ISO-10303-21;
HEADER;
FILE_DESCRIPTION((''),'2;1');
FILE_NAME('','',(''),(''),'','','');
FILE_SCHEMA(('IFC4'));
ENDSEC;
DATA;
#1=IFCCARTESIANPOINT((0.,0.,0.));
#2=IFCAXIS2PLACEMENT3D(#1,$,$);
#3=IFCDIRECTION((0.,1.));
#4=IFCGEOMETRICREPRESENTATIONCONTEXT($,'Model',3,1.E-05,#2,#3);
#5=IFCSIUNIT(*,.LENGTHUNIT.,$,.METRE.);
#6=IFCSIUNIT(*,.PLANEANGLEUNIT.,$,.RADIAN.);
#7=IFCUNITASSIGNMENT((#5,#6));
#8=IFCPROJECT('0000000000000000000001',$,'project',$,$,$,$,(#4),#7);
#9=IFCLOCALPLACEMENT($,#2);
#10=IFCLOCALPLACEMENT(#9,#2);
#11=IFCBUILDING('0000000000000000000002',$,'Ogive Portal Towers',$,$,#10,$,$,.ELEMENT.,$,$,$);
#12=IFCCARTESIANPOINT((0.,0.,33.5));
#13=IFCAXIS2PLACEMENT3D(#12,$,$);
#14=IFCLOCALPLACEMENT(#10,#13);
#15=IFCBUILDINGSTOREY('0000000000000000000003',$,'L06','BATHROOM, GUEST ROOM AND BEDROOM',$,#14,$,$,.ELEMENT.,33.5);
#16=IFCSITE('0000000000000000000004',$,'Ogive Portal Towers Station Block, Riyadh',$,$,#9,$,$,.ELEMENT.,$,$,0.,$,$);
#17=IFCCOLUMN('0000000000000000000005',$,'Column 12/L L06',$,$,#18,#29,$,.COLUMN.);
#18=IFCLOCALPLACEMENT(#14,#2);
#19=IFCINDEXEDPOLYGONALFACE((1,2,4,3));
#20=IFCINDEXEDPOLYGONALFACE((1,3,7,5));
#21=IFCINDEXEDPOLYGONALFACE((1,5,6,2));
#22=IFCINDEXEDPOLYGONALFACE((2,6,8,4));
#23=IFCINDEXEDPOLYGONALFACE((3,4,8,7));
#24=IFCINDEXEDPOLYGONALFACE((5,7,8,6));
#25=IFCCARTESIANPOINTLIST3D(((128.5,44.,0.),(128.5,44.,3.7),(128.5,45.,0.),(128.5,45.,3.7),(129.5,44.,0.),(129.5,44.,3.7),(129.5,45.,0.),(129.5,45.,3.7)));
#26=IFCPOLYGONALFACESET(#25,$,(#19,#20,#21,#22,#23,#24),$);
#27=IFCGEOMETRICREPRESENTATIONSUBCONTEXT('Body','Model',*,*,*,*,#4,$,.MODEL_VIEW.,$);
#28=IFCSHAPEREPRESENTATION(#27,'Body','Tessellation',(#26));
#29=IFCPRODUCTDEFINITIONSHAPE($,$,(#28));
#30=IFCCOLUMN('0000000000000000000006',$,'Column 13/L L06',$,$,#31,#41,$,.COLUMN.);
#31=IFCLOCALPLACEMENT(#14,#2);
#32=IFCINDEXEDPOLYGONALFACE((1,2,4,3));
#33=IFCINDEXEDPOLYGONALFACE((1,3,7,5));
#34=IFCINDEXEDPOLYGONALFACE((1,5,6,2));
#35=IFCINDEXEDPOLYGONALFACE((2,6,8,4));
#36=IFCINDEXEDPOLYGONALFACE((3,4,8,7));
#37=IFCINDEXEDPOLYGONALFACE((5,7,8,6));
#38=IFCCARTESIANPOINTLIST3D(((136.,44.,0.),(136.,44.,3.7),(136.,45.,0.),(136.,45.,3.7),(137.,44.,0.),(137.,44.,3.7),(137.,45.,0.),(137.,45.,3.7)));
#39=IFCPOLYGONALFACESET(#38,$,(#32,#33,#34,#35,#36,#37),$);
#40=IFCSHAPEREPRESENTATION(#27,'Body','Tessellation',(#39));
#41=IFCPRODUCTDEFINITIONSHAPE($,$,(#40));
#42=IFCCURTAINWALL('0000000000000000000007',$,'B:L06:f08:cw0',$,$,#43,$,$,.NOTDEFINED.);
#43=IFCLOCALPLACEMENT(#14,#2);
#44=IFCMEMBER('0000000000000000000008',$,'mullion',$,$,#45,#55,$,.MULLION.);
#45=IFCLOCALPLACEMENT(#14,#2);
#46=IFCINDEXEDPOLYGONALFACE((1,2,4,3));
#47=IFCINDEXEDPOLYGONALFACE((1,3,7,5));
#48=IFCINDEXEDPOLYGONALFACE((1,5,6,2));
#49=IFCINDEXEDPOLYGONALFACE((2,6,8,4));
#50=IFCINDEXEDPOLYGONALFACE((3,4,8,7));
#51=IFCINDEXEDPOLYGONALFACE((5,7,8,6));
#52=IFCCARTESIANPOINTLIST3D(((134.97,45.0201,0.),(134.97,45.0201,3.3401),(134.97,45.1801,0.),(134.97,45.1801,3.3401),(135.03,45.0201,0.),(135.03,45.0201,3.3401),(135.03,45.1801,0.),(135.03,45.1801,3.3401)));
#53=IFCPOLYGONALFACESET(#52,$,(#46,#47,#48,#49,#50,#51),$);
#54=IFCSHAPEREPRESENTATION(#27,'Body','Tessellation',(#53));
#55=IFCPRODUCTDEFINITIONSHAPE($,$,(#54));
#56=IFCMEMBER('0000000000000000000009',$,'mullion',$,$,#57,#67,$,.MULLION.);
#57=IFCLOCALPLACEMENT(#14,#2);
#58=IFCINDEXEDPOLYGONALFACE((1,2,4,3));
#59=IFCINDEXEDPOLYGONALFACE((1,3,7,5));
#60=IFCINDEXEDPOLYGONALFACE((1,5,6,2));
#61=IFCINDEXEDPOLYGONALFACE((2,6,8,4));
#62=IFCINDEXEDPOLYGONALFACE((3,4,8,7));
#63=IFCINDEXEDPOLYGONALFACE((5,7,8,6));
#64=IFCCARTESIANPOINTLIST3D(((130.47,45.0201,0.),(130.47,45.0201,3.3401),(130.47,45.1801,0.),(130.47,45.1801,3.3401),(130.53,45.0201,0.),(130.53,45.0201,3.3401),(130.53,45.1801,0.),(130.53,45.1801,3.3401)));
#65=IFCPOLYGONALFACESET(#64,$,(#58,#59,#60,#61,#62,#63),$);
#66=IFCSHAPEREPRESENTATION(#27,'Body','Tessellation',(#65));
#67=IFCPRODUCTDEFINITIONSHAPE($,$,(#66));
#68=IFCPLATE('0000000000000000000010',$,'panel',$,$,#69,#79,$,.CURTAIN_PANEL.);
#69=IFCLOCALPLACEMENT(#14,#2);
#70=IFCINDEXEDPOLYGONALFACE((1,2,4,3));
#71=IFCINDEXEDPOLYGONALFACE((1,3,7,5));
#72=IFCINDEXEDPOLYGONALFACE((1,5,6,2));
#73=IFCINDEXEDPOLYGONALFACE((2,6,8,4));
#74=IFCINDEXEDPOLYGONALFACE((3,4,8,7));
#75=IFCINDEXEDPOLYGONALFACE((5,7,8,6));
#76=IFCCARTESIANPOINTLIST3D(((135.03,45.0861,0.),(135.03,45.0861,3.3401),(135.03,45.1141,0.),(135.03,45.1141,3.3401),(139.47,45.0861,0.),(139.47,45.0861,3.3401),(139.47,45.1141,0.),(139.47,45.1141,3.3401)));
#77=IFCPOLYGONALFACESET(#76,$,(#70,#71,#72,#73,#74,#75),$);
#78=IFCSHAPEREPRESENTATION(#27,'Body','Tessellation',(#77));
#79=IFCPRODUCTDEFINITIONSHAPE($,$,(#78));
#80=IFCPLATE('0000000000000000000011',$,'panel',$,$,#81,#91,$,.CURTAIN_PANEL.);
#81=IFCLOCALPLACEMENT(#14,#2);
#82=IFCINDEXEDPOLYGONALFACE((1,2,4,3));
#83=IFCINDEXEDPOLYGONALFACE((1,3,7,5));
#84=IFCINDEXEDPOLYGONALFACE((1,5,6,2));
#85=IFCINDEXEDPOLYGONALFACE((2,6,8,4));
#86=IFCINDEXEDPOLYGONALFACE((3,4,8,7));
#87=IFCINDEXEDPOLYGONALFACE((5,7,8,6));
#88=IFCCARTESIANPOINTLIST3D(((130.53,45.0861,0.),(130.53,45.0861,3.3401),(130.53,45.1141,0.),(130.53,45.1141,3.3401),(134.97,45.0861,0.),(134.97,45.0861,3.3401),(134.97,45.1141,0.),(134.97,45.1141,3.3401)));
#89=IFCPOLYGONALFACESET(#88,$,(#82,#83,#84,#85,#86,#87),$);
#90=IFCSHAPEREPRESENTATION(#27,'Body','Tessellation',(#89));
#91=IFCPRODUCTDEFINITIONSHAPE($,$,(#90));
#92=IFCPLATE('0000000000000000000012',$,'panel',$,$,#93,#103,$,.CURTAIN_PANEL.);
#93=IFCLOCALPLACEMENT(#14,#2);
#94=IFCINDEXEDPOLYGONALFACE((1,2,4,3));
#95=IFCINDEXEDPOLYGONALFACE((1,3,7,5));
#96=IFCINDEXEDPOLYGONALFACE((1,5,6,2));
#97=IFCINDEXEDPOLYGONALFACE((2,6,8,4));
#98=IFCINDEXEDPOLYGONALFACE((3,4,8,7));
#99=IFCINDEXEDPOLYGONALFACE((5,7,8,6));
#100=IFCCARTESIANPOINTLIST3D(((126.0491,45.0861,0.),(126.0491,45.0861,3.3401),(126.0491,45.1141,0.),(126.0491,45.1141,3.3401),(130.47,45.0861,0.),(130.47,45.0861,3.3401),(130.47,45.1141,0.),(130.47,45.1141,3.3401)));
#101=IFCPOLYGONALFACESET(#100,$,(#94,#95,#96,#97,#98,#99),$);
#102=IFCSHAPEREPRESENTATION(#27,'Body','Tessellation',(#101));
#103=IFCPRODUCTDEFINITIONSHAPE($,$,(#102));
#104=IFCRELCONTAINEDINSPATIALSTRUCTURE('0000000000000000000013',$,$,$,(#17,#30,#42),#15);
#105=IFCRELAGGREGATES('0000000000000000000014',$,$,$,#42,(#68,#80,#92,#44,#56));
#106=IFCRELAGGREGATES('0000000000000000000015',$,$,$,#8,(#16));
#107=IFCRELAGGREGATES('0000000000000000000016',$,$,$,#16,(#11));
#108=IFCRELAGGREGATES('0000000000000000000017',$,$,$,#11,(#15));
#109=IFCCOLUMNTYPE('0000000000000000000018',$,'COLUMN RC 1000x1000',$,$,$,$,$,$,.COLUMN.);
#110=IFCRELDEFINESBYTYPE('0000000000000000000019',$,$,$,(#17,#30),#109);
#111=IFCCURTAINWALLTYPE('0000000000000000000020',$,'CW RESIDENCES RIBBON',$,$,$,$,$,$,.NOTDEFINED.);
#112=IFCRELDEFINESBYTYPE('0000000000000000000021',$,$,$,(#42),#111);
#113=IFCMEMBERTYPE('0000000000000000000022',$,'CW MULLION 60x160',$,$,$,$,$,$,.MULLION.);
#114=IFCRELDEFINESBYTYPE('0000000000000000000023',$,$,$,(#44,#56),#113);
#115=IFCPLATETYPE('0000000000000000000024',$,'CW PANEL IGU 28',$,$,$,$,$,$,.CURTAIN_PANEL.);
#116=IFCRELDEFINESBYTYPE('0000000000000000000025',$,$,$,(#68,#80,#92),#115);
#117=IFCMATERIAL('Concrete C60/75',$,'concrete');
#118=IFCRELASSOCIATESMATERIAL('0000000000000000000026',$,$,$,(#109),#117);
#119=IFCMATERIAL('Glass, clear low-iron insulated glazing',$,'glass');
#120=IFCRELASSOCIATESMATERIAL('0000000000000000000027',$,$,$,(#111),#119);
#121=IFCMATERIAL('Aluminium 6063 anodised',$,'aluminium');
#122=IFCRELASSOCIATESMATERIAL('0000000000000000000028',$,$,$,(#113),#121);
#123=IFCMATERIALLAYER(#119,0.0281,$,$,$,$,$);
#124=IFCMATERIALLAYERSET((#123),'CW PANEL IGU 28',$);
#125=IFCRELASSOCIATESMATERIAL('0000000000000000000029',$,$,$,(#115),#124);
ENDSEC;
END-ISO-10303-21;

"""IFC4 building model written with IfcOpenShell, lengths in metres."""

from ifc_helpers import new_model, si_unit, direction, frame, origin, origin_2d, place, context, subcontext, project, spatial, rectangle, extrude, material, layer, layer_set, material_profile, profile_set, type_object, element, aggregate, save


model = new_model("IFC4")

# Units and contexts
model_context = context("Model", 3, precision=1e-05, world=origin(), true_north=direction((0.0, 1.0)))
body_context = subcontext(model_context, "Body", "Model", "MODEL_VIEW")
ifc_project = project(units=[si_unit("LENGTHUNIT", "METRE"), si_unit("PLANEANGLEUNIT", "RADIAN")], contexts=[model_context])

# Site, building, storey
site_placement = place(None, origin())
site = spatial("IfcSite", under=ifc_project, at=site_placement, Name="Ogive Portal Towers Station Block, Riyadh", CompositionType="ELEMENT", RefElevation=0.0)
building_placement = place(site_placement, origin())
building = spatial("IfcBuilding", under=site, at=building_placement, Name="Ogive Portal Towers", CompositionType="ELEMENT")
storey_placement = place(building_placement, frame((0.0, 0.0, 33.5)))
storey = spatial("IfcBuildingStorey", under=building, at=storey_placement, Name="L06", Description="BATHROOM, GUEST ROOM AND BEDROOM", CompositionType="ELEMENT", Elevation=33.5)

# Columns
ifc_material_1 = material(Name="Concrete C60/75", Category="concrete")
ifc_material_profile_1 = material_profile(ifc_material_1, rectangle(XDim=1.0, YDim=1.0, at=origin_2d()), Name="RC 1000x1000")
ifc_profile_set_1 = profile_set([ifc_material_profile_1], Name="Concrete C60/75")
column_type = type_object("IfcColumnType", Name="COLUMN RC 1000x1000", PredefinedType="COLUMN", material=ifc_profile_set_1)
for number, where, z_axis, x_axis, name in (
    (1, (129.0, 44.5, 0.0), (0.0, 0.0, 1.0), (1.0, 0.0, 0.0), "Column 12/L L06"),
    (2, (136.5, 44.5, 0.0), (0.0, 0.0, 1.0), (1.0, 0.0, 0.0), "Column 13/L L06"),
):
    element("IfcColumn", number, at=place(storey_placement, frame(where, z_axis=z_axis, x_axis=x_axis)), inside=storey, type_object=column_type, Name=name, PredefinedType="COLUMN", context=body_context, shape_type="SweptSolid", body=[
        extrude(rectangle(XDim=1.0, YDim=1.0, at=origin_2d()), origin(), (0.0, 0.0, 1.0), 3.7),
    ])

# Curtain wall, members, plates
ifc_material_2 = material(Name="Glass, clear low-iron insulated glazing", Category="glass")
curtain_wall_type = type_object("IfcCurtainWallType", Name="CW RESIDENCES RIBBON", PredefinedType="NOTDEFINED", material=ifc_material_2)
curtain_wall_placement = place(storey_placement, origin())
curtain_wall = element("IfcCurtainWall", 3, at=curtain_wall_placement, inside=storey, type_object=curtain_wall_type, Name="B:L06:f08:cw0", PredefinedType="NOTDEFINED")
ifc_material_3 = material(Name="Aluminium 6063 anodised", Category="aluminium")
ifc_material_profile_2 = material_profile(ifc_material_3, rectangle(XDim=0.1599, YDim=0.0601, at=origin_2d()), Name="AL 60x160")
ifc_profile_set_2 = profile_set([ifc_material_profile_2], Name="Aluminium 6063 anodised")
member_type = type_object("IfcMemberType", Name="CW MULLION 60x160", PredefinedType="MULLION", material=ifc_profile_set_2)
member_1_placement = place(storey_placement, frame((135.0, 45.1001, 0.0), z_axis=(0.0, 0.0, 1.0), x_axis=(0.0, -1.0, 0.0)))
member_1 = element("IfcMember", 4, at=member_1_placement, type_object=member_type, Name="mullion", PredefinedType="MULLION", context=body_context, shape_type="SweptSolid", body=[
    extrude(rectangle(XDim=0.1599, YDim=0.0601, at=origin_2d()), origin(), (0.0, 0.0, 1.0), 3.3401),
])
member_2_placement = place(storey_placement, frame((130.5, 45.1001, 0.0), z_axis=(0.0, 0.0, 1.0), x_axis=(0.0, -1.0, 0.0)))
member_2 = element("IfcMember", 5, at=member_2_placement, type_object=member_type, Name="mullion", PredefinedType="MULLION", context=body_context, shape_type="SweptSolid", body=[
    extrude(rectangle(XDim=0.1599, YDim=0.0601, at=origin_2d()), origin(), (0.0, 0.0, 1.0), 3.3401),
])
ifc_layer_1 = layer(ifc_material_2, 0.0281)
ifc_layer_set_1 = layer_set([ifc_layer_1], Name="CW PANEL IGU 28")
plate_type = type_object("IfcPlateType", Name="CW PANEL IGU 28", PredefinedType="CURTAIN_PANEL", material=ifc_layer_set_1)
plate_1_placement = place(storey_placement, frame((137.25, 45.1001, 0.0), z_axis=(0.0, 0.0, 1.0), x_axis=(-1.0, 0.0, 0.0)))
plate_1 = element("IfcPlate", 6, at=plate_1_placement, type_object=plate_type, Name="panel", PredefinedType="CURTAIN_PANEL", context=body_context, shape_type="SweptSolid", body=[
    extrude(rectangle(XDim=4.4399, YDim=0.0281, at=origin_2d()), origin(), (0.0, 0.0, 1.0), 3.3401),
])
plate_2_placement = place(storey_placement, frame((132.75, 45.1001, 0.0), z_axis=(0.0, 0.0, 1.0), x_axis=(-1.0, 0.0, 0.0)))
plate_2 = element("IfcPlate", 7, at=plate_2_placement, type_object=plate_type, Name="panel", PredefinedType="CURTAIN_PANEL", context=body_context, shape_type="SweptSolid", body=[
    extrude(rectangle(XDim=4.4399, YDim=0.0281, at=origin_2d()), origin(), (0.0, 0.0, 1.0), 3.3401),
])
plate_3_placement = place(storey_placement, frame((128.2595, 45.1001, 0.0), z_axis=(0.0, 0.0, 1.0), x_axis=(-1.0, 0.0, 0.0)))
plate_3 = element("IfcPlate", 8, at=plate_3_placement, type_object=plate_type, Name="panel", PredefinedType="CURTAIN_PANEL", context=body_context, shape_type="SweptSolid", body=[
    extrude(rectangle(XDim=4.4209, YDim=0.0281, at=origin_2d()), origin(), (0.0, 0.0, 1.0), 3.3401),
])
aggregate(curtain_wall, [plate_1, plate_2, plate_3, member_1, member_2])

save(model, "model.ifc")
